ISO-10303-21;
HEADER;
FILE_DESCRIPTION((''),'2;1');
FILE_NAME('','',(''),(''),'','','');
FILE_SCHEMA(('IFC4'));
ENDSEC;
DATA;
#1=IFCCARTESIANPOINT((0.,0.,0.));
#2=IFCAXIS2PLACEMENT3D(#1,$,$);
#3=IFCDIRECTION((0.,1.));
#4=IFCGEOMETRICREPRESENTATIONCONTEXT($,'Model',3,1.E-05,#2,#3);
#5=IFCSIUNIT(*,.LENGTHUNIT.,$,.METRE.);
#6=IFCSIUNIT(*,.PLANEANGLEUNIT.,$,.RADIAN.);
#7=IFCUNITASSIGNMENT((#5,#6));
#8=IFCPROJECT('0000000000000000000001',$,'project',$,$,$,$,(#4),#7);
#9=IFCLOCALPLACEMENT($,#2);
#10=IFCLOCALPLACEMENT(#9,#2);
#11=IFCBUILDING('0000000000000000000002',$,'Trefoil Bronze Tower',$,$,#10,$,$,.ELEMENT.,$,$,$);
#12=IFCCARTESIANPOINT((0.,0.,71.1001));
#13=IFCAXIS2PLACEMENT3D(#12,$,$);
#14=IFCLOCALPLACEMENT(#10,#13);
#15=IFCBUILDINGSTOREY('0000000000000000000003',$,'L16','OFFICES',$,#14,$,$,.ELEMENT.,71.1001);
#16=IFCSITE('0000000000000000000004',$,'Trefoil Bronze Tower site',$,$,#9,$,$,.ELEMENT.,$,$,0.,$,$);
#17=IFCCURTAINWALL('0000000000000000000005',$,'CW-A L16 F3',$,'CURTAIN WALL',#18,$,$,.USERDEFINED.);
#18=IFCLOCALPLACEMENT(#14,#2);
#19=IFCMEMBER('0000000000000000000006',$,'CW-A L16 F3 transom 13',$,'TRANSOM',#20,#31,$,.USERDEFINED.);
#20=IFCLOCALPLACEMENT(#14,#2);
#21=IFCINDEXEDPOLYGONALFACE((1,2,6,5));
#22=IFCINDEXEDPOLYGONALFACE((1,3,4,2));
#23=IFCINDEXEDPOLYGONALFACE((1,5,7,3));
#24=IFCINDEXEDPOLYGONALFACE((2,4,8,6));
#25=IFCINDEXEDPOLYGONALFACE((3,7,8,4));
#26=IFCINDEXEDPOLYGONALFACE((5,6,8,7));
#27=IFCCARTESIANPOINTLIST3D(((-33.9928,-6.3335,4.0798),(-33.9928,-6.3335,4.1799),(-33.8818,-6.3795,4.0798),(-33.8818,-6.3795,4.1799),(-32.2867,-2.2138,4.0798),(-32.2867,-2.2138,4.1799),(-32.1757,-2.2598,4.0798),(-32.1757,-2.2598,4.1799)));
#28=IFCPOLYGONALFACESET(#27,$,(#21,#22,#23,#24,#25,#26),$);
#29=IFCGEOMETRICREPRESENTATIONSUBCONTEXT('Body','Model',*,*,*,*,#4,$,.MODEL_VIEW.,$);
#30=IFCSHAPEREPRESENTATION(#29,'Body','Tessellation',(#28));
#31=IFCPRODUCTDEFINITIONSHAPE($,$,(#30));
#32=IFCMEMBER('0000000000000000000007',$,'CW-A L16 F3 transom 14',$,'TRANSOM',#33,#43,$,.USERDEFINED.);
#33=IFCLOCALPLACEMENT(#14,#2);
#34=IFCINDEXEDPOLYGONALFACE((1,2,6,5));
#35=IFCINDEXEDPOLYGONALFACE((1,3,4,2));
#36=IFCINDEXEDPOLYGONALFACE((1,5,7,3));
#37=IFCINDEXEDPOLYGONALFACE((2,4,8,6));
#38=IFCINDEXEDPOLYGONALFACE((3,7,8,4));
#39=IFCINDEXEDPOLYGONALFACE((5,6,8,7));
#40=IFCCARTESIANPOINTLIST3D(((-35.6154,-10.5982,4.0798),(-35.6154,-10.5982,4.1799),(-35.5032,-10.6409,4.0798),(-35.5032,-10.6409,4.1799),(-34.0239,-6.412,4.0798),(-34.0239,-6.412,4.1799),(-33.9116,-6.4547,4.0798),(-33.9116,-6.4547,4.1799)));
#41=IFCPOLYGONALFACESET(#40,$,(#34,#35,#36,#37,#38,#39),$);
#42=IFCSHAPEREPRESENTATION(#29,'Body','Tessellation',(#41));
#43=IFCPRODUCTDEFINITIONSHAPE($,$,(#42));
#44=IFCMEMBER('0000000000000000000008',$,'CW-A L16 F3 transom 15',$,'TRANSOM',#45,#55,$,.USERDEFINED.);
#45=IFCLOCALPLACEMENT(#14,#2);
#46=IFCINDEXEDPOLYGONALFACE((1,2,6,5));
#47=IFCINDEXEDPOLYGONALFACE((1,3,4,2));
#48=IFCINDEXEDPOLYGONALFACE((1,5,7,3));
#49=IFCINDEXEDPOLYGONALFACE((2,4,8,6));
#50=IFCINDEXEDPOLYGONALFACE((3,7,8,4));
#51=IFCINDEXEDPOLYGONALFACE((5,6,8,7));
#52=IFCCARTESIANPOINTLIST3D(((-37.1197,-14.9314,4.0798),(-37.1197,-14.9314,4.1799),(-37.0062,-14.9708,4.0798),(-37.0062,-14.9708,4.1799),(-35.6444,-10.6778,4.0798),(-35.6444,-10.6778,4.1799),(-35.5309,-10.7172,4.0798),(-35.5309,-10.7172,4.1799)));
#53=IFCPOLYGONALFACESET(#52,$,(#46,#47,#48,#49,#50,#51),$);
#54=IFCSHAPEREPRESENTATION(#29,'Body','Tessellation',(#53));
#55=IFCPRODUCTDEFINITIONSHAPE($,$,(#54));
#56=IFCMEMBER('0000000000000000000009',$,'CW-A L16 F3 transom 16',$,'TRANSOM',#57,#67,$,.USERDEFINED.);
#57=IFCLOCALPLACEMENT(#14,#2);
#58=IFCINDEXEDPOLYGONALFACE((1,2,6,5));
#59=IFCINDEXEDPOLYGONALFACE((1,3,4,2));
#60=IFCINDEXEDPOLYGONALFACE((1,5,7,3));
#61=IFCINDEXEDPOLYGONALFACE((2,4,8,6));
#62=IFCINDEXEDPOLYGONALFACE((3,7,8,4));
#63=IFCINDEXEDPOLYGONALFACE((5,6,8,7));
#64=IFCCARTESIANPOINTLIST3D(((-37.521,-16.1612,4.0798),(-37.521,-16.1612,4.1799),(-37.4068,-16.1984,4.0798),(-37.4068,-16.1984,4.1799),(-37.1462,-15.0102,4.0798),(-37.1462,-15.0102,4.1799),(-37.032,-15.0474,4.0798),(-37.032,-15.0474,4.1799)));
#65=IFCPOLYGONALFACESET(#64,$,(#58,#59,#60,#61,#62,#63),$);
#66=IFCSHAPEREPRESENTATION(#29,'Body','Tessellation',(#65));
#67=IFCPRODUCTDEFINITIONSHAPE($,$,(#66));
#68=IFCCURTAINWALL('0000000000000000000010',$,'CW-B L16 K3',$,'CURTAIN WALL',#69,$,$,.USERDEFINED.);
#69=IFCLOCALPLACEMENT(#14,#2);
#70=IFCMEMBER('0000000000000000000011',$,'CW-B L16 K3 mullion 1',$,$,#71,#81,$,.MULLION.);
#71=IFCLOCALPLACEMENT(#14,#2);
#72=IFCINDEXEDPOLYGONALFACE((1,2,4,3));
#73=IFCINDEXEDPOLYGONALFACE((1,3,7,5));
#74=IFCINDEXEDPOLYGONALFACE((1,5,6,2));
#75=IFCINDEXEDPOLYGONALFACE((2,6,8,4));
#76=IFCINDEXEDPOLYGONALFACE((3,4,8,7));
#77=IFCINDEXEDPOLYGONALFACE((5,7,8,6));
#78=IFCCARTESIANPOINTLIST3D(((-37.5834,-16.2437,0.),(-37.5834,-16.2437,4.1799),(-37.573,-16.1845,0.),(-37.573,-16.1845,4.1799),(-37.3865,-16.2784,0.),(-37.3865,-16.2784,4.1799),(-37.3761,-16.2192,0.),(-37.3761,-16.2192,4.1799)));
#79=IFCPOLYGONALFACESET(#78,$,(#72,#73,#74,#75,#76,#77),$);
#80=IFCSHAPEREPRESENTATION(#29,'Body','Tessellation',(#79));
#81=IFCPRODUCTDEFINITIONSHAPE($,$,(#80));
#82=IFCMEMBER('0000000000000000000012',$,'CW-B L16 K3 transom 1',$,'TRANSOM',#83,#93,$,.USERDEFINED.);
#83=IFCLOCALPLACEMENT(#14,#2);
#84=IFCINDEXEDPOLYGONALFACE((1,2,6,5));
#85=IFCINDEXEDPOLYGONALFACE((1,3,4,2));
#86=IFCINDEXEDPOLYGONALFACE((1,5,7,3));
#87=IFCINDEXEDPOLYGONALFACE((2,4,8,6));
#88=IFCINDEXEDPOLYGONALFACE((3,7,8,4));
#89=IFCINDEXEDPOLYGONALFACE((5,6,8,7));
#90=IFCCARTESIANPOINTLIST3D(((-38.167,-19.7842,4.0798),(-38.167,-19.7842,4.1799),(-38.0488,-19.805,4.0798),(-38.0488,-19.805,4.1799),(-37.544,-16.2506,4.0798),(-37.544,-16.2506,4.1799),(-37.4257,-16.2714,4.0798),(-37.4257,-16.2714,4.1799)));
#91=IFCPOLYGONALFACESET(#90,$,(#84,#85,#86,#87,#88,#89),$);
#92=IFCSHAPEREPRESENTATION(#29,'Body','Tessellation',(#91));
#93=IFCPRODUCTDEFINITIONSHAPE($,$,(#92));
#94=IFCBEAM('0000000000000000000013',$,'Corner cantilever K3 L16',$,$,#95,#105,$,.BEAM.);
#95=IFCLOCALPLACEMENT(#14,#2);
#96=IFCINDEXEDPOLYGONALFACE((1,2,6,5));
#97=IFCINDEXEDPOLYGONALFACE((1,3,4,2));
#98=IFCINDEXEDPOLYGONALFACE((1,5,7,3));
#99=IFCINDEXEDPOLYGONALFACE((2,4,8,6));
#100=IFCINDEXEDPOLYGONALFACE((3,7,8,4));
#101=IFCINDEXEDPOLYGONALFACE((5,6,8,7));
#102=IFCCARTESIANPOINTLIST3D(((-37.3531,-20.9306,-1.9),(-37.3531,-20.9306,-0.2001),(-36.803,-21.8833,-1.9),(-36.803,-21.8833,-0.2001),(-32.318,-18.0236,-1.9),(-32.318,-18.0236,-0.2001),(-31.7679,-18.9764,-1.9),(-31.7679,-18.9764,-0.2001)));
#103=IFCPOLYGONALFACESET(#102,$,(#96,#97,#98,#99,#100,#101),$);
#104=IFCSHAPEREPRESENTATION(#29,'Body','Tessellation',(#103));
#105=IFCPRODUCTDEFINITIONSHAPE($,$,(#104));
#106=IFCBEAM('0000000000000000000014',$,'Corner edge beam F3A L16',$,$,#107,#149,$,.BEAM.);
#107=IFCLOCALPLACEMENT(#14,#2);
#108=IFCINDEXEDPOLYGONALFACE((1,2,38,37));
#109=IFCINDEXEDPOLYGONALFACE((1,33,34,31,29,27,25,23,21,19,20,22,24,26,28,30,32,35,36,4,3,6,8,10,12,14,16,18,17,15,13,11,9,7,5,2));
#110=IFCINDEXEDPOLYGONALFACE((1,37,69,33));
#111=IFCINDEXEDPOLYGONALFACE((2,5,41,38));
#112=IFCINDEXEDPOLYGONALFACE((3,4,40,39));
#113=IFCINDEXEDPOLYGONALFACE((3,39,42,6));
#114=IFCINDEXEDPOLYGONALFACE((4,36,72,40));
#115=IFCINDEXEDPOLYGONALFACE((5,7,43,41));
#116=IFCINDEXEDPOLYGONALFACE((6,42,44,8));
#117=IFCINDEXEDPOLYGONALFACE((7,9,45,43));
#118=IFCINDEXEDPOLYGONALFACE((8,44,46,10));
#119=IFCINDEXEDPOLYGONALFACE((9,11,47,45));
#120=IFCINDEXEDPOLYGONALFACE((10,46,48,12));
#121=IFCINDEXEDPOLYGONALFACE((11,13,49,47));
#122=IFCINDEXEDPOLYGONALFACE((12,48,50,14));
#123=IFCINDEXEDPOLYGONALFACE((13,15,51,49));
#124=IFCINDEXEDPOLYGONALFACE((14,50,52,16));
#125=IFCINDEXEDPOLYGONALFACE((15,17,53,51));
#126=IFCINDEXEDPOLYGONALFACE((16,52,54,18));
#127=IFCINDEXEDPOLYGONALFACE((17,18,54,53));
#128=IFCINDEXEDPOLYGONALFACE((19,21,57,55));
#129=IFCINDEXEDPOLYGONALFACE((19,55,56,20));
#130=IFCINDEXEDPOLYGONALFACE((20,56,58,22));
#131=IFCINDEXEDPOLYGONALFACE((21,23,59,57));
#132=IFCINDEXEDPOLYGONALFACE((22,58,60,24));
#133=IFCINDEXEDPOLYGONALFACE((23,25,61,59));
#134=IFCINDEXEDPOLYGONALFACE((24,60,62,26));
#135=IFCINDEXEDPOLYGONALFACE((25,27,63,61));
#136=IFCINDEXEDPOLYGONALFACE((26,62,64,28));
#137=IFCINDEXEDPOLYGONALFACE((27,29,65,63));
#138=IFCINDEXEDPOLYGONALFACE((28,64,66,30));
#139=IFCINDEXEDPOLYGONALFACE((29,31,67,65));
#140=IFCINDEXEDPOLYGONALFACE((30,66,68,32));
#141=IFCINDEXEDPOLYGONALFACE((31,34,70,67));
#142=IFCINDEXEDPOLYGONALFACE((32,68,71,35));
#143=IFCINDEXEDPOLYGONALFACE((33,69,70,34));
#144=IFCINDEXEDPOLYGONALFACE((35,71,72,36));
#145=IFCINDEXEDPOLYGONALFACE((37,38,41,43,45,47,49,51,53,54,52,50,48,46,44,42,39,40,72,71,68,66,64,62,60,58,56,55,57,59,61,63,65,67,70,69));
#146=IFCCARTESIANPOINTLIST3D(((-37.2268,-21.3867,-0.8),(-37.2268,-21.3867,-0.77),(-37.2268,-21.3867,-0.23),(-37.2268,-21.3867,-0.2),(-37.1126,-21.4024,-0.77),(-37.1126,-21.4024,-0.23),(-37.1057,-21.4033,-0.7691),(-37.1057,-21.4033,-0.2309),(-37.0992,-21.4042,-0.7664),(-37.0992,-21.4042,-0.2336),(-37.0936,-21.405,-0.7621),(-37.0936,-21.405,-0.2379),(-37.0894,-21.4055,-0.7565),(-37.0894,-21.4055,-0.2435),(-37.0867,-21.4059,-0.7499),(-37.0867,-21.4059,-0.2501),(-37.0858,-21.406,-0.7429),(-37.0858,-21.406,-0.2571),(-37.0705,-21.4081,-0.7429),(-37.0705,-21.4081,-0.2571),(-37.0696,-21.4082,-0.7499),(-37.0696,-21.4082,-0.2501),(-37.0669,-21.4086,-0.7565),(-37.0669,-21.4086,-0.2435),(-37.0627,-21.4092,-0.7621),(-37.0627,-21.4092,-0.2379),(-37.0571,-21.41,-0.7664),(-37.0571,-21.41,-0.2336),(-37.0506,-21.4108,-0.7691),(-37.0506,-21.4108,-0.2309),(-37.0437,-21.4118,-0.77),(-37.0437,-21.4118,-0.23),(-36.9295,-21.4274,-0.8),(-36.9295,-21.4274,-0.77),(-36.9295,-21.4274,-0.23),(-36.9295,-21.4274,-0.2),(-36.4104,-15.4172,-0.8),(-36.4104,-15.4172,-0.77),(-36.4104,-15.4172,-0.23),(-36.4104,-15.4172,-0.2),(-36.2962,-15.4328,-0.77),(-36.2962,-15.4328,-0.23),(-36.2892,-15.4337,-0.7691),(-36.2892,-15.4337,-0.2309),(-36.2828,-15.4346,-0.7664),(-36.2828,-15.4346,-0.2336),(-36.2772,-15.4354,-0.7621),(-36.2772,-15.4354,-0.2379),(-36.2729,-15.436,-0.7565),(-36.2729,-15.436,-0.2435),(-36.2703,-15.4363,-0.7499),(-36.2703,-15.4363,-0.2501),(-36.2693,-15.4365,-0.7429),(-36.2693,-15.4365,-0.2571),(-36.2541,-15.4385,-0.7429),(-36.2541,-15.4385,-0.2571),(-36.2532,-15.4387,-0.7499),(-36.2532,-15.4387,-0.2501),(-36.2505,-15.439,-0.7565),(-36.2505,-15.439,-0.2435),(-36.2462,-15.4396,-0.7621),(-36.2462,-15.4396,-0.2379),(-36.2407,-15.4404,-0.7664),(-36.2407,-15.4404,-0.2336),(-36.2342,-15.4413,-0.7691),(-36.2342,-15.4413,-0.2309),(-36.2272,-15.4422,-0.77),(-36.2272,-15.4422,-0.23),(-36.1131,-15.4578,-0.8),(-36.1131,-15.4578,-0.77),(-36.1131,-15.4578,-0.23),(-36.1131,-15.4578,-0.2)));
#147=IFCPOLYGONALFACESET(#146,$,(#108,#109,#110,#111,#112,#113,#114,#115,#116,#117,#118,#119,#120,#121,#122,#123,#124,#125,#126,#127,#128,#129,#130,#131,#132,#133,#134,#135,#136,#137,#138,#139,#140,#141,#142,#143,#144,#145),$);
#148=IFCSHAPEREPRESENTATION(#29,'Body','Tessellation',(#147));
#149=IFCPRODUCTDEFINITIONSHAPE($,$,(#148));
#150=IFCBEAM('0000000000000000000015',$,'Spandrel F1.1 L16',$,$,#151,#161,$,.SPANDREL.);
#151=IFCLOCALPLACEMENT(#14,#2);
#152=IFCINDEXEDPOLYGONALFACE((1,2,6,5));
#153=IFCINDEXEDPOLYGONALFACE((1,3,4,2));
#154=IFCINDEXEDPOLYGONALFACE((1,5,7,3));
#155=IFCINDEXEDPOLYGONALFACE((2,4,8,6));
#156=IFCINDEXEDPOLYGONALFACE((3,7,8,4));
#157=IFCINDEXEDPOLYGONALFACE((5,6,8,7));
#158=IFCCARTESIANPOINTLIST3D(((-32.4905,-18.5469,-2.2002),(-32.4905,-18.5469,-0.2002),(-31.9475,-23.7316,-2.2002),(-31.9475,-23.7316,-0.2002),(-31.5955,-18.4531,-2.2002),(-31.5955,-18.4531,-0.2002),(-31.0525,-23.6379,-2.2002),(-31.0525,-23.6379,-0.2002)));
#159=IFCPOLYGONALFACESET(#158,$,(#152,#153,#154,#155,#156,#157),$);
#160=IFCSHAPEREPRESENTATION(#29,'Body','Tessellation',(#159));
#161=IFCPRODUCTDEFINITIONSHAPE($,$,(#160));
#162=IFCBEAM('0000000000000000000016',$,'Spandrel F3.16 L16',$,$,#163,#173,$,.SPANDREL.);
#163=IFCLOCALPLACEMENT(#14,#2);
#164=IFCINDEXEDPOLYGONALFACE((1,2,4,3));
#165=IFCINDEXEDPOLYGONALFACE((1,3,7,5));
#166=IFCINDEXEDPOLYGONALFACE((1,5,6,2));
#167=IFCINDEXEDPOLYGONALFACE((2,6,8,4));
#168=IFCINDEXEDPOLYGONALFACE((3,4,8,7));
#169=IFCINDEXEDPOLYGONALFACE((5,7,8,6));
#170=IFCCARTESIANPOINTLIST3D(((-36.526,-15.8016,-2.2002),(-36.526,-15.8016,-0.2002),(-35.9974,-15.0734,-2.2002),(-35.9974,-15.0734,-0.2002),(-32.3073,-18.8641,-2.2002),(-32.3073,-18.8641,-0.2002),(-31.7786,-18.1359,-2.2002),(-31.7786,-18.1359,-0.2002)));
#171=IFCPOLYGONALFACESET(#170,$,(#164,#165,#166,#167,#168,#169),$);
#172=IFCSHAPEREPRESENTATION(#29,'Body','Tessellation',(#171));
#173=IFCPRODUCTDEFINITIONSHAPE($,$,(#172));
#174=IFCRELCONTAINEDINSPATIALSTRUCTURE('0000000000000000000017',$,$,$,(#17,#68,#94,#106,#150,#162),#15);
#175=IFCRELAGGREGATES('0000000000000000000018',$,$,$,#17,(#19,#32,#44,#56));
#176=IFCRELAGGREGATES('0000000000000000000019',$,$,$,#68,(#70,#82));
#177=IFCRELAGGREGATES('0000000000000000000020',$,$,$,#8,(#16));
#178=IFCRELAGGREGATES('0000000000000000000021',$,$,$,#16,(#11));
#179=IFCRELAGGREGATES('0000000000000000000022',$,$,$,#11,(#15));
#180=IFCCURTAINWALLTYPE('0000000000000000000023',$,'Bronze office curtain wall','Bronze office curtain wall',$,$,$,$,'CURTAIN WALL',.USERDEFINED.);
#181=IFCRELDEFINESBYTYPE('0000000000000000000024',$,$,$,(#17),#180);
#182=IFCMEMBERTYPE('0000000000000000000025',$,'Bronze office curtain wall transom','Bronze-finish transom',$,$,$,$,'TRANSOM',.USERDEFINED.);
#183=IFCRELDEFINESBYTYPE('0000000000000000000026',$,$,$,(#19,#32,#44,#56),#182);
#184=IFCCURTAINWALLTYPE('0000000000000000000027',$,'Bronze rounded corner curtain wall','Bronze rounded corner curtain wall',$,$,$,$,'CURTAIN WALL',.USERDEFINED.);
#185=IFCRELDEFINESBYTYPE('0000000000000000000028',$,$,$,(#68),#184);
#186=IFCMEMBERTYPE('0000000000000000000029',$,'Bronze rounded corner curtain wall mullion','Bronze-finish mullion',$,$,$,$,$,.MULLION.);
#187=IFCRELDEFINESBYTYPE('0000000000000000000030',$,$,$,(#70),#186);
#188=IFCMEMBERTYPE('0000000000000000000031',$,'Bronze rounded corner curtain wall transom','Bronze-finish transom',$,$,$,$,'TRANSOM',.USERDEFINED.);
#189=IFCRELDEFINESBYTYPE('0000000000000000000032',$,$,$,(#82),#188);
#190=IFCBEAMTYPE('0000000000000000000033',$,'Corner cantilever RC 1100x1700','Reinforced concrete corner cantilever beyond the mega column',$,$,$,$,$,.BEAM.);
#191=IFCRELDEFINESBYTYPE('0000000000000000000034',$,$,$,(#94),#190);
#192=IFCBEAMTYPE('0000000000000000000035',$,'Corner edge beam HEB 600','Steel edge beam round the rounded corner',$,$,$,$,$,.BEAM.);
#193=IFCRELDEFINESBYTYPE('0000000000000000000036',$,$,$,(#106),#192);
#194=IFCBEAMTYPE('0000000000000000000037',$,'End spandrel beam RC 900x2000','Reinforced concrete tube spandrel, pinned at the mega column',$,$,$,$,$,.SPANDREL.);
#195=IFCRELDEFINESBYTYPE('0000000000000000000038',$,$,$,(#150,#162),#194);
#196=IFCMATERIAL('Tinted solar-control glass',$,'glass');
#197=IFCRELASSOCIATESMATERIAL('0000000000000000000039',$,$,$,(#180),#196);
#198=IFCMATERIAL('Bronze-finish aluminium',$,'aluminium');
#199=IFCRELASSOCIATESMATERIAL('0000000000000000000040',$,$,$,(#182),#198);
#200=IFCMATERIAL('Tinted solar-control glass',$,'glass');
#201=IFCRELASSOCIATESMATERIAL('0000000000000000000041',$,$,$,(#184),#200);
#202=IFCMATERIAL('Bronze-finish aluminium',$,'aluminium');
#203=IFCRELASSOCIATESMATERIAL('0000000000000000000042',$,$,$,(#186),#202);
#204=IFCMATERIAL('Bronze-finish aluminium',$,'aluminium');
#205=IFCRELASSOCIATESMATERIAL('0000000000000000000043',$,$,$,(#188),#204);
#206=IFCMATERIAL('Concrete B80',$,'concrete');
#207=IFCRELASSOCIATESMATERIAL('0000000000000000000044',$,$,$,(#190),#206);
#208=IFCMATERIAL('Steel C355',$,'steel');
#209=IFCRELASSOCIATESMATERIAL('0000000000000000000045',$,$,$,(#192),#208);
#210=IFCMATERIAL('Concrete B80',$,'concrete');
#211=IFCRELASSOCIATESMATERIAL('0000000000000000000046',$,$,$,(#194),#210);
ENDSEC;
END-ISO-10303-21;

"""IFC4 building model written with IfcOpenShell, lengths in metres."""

from ifc_helpers import new_model, si_unit, direction, frame, origin, origin_2d, place, context, subcontext, project, spatial, rectangle, i_section, extrude, material, material_profile, profile_set, type_object, element, aggregate, save


model = new_model("IFC4")

# Units and contexts
model_context = context("Model", 3, precision=1e-05, world=origin(), true_north=direction((0.0, 1.0)))
body_context = subcontext(model_context, "Body", "Model", "MODEL_VIEW")
ifc_project = project(units=[si_unit("LENGTHUNIT", "METRE"), si_unit("PLANEANGLEUNIT", "RADIAN")], contexts=[model_context])

# Site, building, storey
site_placement = place(None, origin())
site = spatial("IfcSite", under=ifc_project, at=site_placement, Name="Trefoil Bronze Tower site", CompositionType="ELEMENT", RefElevation=0.0)
building_placement = place(site_placement, origin())
building = spatial("IfcBuilding", under=site, at=building_placement, Name="Trefoil Bronze Tower", CompositionType="ELEMENT")
storey_placement = place(building_placement, frame((0.0, 0.0, 71.1001)))
storey = spatial("IfcBuildingStorey", under=building, at=storey_placement, Name="L16", Description="OFFICES", CompositionType="ELEMENT", Elevation=71.1001)

# Curtain walls, members
ifc_material_1 = material(Name="Tinted solar-control glass", Category="glass")
curtain_wall_type_1 = type_object("IfcCurtainWallType", Name="Bronze office curtain wall", Description="Bronze office curtain wall", ElementType="CURTAIN WALL", PredefinedType="USERDEFINED", material=ifc_material_1)
curtain_wall_1_placement = place(storey_placement, origin())
curtain_wall_1 = element("IfcCurtainWall", 1, at=curtain_wall_1_placement, inside=storey, type_object=curtain_wall_type_1, Name="CW-A L16 F3", ObjectType="CURTAIN WALL", PredefinedType="USERDEFINED")
ifc_material_2 = material(Name="Bronze-finish aluminium", Category="aluminium")
ifc_material_profile_1 = material_profile(ifc_material_2, rectangle(XDim=0.1201, YDim=0.1001, at=origin_2d()), Name="CW-A transom")
ifc_profile_set_1 = profile_set([ifc_material_profile_1], Name="Bronze-finish aluminium")
member_type_1 = type_object("IfcMemberType", Name="Bronze office curtain wall transom", Description="Bronze-finish transom", ElementType="TRANSOM", PredefinedType="USERDEFINED", material=ifc_profile_set_1)
member_1_placement = place(storey_placement, frame((-32.2312, -2.2368, 4.1299), z_axis=(-0.382616, -0.923907, 0.0), x_axis=(0.923907, -0.382616, 0.0)))
member_1 = element("IfcMember", 2, at=member_1_placement, type_object=member_type_1, Name="CW-A L16 F3 transom 13", ObjectType="TRANSOM", PredefinedType="USERDEFINED", context=body_context, shape_type="SweptSolid", body=[
    extrude(rectangle(XDim=0.1201, YDim=0.1001, at=origin_2d()), origin(), (0.0, 0.0, 1.0), 4.459),
])
member_2_placement = place(storey_placement, frame((-33.9678, -6.4333, 4.1299), z_axis=(-0.355367, -0.934727, 0.0), x_axis=(0.934727, -0.355367, 0.0)))
member_2 = element("IfcMember", 3, at=member_2_placement, type_object=member_type_1, Name="CW-A L16 F3 transom 14", ObjectType="TRANSOM", PredefinedType="USERDEFINED", context=body_context, shape_type="SweptSolid", body=[
    extrude(rectangle(XDim=0.1201, YDim=0.1001, at=origin_2d()), origin(), (0.0, 0.0, 1.0), 4.4785),
])
member_3_placement = place(storey_placement, frame((-35.5876, -10.6975, 4.1299), z_axis=(-0.32769, -0.944785, 0.0), x_axis=(0.944785, -0.32769, 0.0)))
member_3 = element("IfcMember", 4, at=member_3_placement, type_object=member_type_1, Name="CW-A L16 F3 transom 15", ObjectType="TRANSOM", PredefinedType="USERDEFINED", context=body_context, shape_type="SweptSolid", body=[
    extrude(rectangle(XDim=0.1201, YDim=0.1001, at=origin_2d()), origin(), (0.0, 0.0, 1.0), 4.5022),
])
member_4_placement = place(storey_placement, frame((-37.0891, -15.0288, 4.1299), z_axis=(-0.309624, -0.950859, 0.0), x_axis=(0.950859, -0.309624, 0.0)))
member_4 = element("IfcMember", 5, at=member_4_placement, type_object=member_type_1, Name="CW-A L16 F3 transom 16", ObjectType="TRANSOM", PredefinedType="USERDEFINED", context=body_context, shape_type="SweptSolid", body=[
    extrude(rectangle(XDim=0.1201, YDim=0.1001, at=origin_2d()), origin(), (0.0, 0.0, 1.0), 1.2104),
])
ifc_material_3 = material(Name="Tinted solar-control glass", Category="glass")
curtain_wall_type_2 = type_object("IfcCurtainWallType", Name="Bronze rounded corner curtain wall", Description="Bronze rounded corner curtain wall", ElementType="CURTAIN WALL", PredefinedType="USERDEFINED", material=ifc_material_3)
curtain_wall_2_placement = place(storey_placement, origin())
curtain_wall_2 = element("IfcCurtainWall", 6, at=curtain_wall_2_placement, inside=storey, type_object=curtain_wall_type_2, Name="CW-B L16 K3", ObjectType="CURTAIN WALL", PredefinedType="USERDEFINED")
ifc_material_4 = material(Name="Bronze-finish aluminium", Category="aluminium")
ifc_material_profile_2 = material_profile(ifc_material_4, rectangle(XDim=0.2, YDim=0.0601, at=origin_2d()), Name="CW-B mullion")
ifc_profile_set_2 = profile_set([ifc_material_profile_2], Name="Bronze-finish aluminium")
member_type_2 = type_object("IfcMemberType", Name="Bronze rounded corner curtain wall mullion", Description="Bronze-finish mullion", PredefinedType="MULLION", material=ifc_profile_set_2)
member_5_placement = place(storey_placement, frame((-37.4797, -16.2314, 0.0), z_axis=(0.0, 0.0, 1.0), x_axis=(0.984808, -0.173648, 0.0)))
member_5 = element("IfcMember", 7, at=member_5_placement, type_object=member_type_2, Name="CW-B L16 K3 mullion 1", PredefinedType="MULLION", context=body_context, shape_type="SweptSolid", body=[
    extrude(rectangle(XDim=0.2, YDim=0.0601, at=origin_2d()), origin(), (0.0, 0.0, 1.0), 4.1799),
])
ifc_material_5 = material(Name="Bronze-finish aluminium", Category="aluminium")
ifc_material_profile_3 = material_profile(ifc_material_5, rectangle(XDim=0.1201, YDim=0.1001, at=origin_2d()), Name="CW-B transom")
ifc_profile_set_3 = profile_set([ifc_material_profile_3], Name="Bronze-finish aluminium")
member_type_3 = type_object("IfcMemberType", Name="Bronze rounded corner curtain wall transom", Description="Bronze-finish transom", ElementType="TRANSOM", PredefinedType="USERDEFINED", material=ifc_profile_set_3)
member_6_placement = place(storey_placement, frame((-37.4849, -16.261, 4.1299), z_axis=(-0.173638, -0.98481, 0.0), x_axis=(0.98481, -0.173638, 0.0)))
member_6 = element("IfcMember", 8, at=member_6_placement, type_object=member_type_3, Name="CW-B L16 K3 transom 1", ObjectType="TRANSOM", PredefinedType="USERDEFINED", context=body_context, shape_type="SweptSolid", body=[
    extrude(rectangle(XDim=0.1201, YDim=0.1001, at=origin_2d()), origin(), (0.0, 0.0, 1.0), 3.5881),
])

# Beams
ifc_material_6 = material(Name="Concrete B80", Category="concrete")
ifc_material_profile_4 = material_profile(ifc_material_6, rectangle(XDim=1.1001, YDim=1.7, at=origin_2d()), Name="RC 1100x1700")
ifc_profile_set_4 = profile_set([ifc_material_profile_4], Name="Concrete B80")
beam_type_1 = type_object("IfcBeamType", Name="Corner cantilever RC 1100x1700", Description="Reinforced concrete corner cantilever beyond the mega column", PredefinedType="BEAM", material=ifc_profile_set_4)
beam_1_placement = place(storey_placement, frame((-32.043, -18.5, -1.05), z_axis=(-0.86603, -0.499991, 0.0), x_axis=(0.499991, -0.86603, 0.0)))
element("IfcBeam", 9, at=beam_1_placement, inside=storey, type_object=beam_type_1, Name="Corner cantilever K3 L16", PredefinedType="BEAM", context=body_context, shape_type="SweptSolid", body=[
    extrude(rectangle(XDim=1.1001, YDim=1.7, at=origin_2d()), origin(), (0.0, 0.0, 1.0), 5.814),
])
ifc_material_7 = material(Name="Steel C355", Category="steel")
ifc_material_profile_5 = material_profile(ifc_material_7, i_section(OverallWidth=0.3, OverallDepth=0.6001, WebThickness=0.0154, FlangeThickness=0.03, FilletRadius=0.0271, at=origin_2d()), Name="HEB 600")
ifc_profile_set_5 = profile_set([ifc_material_profile_5], Name="Steel C355")
beam_type_2 = type_object("IfcBeamType", Name="Corner edge beam HEB 600", Description="Steel edge beam round the rounded corner", PredefinedType="BEAM", material=ifc_profile_set_5)
beam_2_placement = place(storey_placement, frame((-36.2617, -15.4375, -0.5), z_axis=(-0.135502, -0.990777, 0.0), x_axis=(0.990777, -0.135502, 0.0)))
element("IfcBeam", 10, at=beam_2_placement, inside=storey, type_object=beam_type_2, Name="Corner edge beam F3A L16", PredefinedType="BEAM", context=body_context, shape_type="SweptSolid", body=[
    extrude(i_section(OverallWidth=0.3, OverallDepth=0.6001, WebThickness=0.0154, FlangeThickness=0.03, FilletRadius=0.0271, at=origin_2d()), origin(), (0.0, 0.0, 1.0), 6.0251),
])
ifc_material_8 = material(Name="Concrete B80", Category="concrete")
ifc_material_profile_6 = material_profile(ifc_material_8, rectangle(XDim=0.8999, YDim=2.0, at=origin_2d()), Name="RC 900x2000")
ifc_profile_set_6 = profile_set([ifc_material_profile_6], Name="Concrete B80")
beam_type_3 = type_object("IfcBeamType", Name="End spandrel beam RC 900x2000", Description="Reinforced concrete tube spandrel, pinned at the mega column", PredefinedType="SPANDREL", material=ifc_profile_set_6)
for number, where, z_axis, x_axis, name in (
    (11, (-32.043, -18.5, -1.2002), (0.104153, -0.994561, 0.0), (0.994561, 0.104153, 0.0), "Spandrel F1.1 L16"),
    (12, (-36.2617, -15.4375, -1.2002), (0.809254, -0.587459, 0.0), (0.587459, 0.809254, 0.0), "Spandrel F3.16 L16"),
):
    element("IfcBeam", number, at=place(storey_placement, frame(where, z_axis=z_axis, x_axis=x_axis)), inside=storey, type_object=beam_type_3, Name=name, PredefinedType="SPANDREL", context=body_context, shape_type="SweptSolid", body=[
        extrude(rectangle(XDim=0.8999, YDim=2.0, at=origin_2d()), origin(), (0.0, 0.0, 1.0), 5.2131),
    ])

aggregate(curtain_wall_1, [member_1, member_2, member_3, member_4])
aggregate(curtain_wall_2, [member_5, member_6])

save(model, "model.ifc")
